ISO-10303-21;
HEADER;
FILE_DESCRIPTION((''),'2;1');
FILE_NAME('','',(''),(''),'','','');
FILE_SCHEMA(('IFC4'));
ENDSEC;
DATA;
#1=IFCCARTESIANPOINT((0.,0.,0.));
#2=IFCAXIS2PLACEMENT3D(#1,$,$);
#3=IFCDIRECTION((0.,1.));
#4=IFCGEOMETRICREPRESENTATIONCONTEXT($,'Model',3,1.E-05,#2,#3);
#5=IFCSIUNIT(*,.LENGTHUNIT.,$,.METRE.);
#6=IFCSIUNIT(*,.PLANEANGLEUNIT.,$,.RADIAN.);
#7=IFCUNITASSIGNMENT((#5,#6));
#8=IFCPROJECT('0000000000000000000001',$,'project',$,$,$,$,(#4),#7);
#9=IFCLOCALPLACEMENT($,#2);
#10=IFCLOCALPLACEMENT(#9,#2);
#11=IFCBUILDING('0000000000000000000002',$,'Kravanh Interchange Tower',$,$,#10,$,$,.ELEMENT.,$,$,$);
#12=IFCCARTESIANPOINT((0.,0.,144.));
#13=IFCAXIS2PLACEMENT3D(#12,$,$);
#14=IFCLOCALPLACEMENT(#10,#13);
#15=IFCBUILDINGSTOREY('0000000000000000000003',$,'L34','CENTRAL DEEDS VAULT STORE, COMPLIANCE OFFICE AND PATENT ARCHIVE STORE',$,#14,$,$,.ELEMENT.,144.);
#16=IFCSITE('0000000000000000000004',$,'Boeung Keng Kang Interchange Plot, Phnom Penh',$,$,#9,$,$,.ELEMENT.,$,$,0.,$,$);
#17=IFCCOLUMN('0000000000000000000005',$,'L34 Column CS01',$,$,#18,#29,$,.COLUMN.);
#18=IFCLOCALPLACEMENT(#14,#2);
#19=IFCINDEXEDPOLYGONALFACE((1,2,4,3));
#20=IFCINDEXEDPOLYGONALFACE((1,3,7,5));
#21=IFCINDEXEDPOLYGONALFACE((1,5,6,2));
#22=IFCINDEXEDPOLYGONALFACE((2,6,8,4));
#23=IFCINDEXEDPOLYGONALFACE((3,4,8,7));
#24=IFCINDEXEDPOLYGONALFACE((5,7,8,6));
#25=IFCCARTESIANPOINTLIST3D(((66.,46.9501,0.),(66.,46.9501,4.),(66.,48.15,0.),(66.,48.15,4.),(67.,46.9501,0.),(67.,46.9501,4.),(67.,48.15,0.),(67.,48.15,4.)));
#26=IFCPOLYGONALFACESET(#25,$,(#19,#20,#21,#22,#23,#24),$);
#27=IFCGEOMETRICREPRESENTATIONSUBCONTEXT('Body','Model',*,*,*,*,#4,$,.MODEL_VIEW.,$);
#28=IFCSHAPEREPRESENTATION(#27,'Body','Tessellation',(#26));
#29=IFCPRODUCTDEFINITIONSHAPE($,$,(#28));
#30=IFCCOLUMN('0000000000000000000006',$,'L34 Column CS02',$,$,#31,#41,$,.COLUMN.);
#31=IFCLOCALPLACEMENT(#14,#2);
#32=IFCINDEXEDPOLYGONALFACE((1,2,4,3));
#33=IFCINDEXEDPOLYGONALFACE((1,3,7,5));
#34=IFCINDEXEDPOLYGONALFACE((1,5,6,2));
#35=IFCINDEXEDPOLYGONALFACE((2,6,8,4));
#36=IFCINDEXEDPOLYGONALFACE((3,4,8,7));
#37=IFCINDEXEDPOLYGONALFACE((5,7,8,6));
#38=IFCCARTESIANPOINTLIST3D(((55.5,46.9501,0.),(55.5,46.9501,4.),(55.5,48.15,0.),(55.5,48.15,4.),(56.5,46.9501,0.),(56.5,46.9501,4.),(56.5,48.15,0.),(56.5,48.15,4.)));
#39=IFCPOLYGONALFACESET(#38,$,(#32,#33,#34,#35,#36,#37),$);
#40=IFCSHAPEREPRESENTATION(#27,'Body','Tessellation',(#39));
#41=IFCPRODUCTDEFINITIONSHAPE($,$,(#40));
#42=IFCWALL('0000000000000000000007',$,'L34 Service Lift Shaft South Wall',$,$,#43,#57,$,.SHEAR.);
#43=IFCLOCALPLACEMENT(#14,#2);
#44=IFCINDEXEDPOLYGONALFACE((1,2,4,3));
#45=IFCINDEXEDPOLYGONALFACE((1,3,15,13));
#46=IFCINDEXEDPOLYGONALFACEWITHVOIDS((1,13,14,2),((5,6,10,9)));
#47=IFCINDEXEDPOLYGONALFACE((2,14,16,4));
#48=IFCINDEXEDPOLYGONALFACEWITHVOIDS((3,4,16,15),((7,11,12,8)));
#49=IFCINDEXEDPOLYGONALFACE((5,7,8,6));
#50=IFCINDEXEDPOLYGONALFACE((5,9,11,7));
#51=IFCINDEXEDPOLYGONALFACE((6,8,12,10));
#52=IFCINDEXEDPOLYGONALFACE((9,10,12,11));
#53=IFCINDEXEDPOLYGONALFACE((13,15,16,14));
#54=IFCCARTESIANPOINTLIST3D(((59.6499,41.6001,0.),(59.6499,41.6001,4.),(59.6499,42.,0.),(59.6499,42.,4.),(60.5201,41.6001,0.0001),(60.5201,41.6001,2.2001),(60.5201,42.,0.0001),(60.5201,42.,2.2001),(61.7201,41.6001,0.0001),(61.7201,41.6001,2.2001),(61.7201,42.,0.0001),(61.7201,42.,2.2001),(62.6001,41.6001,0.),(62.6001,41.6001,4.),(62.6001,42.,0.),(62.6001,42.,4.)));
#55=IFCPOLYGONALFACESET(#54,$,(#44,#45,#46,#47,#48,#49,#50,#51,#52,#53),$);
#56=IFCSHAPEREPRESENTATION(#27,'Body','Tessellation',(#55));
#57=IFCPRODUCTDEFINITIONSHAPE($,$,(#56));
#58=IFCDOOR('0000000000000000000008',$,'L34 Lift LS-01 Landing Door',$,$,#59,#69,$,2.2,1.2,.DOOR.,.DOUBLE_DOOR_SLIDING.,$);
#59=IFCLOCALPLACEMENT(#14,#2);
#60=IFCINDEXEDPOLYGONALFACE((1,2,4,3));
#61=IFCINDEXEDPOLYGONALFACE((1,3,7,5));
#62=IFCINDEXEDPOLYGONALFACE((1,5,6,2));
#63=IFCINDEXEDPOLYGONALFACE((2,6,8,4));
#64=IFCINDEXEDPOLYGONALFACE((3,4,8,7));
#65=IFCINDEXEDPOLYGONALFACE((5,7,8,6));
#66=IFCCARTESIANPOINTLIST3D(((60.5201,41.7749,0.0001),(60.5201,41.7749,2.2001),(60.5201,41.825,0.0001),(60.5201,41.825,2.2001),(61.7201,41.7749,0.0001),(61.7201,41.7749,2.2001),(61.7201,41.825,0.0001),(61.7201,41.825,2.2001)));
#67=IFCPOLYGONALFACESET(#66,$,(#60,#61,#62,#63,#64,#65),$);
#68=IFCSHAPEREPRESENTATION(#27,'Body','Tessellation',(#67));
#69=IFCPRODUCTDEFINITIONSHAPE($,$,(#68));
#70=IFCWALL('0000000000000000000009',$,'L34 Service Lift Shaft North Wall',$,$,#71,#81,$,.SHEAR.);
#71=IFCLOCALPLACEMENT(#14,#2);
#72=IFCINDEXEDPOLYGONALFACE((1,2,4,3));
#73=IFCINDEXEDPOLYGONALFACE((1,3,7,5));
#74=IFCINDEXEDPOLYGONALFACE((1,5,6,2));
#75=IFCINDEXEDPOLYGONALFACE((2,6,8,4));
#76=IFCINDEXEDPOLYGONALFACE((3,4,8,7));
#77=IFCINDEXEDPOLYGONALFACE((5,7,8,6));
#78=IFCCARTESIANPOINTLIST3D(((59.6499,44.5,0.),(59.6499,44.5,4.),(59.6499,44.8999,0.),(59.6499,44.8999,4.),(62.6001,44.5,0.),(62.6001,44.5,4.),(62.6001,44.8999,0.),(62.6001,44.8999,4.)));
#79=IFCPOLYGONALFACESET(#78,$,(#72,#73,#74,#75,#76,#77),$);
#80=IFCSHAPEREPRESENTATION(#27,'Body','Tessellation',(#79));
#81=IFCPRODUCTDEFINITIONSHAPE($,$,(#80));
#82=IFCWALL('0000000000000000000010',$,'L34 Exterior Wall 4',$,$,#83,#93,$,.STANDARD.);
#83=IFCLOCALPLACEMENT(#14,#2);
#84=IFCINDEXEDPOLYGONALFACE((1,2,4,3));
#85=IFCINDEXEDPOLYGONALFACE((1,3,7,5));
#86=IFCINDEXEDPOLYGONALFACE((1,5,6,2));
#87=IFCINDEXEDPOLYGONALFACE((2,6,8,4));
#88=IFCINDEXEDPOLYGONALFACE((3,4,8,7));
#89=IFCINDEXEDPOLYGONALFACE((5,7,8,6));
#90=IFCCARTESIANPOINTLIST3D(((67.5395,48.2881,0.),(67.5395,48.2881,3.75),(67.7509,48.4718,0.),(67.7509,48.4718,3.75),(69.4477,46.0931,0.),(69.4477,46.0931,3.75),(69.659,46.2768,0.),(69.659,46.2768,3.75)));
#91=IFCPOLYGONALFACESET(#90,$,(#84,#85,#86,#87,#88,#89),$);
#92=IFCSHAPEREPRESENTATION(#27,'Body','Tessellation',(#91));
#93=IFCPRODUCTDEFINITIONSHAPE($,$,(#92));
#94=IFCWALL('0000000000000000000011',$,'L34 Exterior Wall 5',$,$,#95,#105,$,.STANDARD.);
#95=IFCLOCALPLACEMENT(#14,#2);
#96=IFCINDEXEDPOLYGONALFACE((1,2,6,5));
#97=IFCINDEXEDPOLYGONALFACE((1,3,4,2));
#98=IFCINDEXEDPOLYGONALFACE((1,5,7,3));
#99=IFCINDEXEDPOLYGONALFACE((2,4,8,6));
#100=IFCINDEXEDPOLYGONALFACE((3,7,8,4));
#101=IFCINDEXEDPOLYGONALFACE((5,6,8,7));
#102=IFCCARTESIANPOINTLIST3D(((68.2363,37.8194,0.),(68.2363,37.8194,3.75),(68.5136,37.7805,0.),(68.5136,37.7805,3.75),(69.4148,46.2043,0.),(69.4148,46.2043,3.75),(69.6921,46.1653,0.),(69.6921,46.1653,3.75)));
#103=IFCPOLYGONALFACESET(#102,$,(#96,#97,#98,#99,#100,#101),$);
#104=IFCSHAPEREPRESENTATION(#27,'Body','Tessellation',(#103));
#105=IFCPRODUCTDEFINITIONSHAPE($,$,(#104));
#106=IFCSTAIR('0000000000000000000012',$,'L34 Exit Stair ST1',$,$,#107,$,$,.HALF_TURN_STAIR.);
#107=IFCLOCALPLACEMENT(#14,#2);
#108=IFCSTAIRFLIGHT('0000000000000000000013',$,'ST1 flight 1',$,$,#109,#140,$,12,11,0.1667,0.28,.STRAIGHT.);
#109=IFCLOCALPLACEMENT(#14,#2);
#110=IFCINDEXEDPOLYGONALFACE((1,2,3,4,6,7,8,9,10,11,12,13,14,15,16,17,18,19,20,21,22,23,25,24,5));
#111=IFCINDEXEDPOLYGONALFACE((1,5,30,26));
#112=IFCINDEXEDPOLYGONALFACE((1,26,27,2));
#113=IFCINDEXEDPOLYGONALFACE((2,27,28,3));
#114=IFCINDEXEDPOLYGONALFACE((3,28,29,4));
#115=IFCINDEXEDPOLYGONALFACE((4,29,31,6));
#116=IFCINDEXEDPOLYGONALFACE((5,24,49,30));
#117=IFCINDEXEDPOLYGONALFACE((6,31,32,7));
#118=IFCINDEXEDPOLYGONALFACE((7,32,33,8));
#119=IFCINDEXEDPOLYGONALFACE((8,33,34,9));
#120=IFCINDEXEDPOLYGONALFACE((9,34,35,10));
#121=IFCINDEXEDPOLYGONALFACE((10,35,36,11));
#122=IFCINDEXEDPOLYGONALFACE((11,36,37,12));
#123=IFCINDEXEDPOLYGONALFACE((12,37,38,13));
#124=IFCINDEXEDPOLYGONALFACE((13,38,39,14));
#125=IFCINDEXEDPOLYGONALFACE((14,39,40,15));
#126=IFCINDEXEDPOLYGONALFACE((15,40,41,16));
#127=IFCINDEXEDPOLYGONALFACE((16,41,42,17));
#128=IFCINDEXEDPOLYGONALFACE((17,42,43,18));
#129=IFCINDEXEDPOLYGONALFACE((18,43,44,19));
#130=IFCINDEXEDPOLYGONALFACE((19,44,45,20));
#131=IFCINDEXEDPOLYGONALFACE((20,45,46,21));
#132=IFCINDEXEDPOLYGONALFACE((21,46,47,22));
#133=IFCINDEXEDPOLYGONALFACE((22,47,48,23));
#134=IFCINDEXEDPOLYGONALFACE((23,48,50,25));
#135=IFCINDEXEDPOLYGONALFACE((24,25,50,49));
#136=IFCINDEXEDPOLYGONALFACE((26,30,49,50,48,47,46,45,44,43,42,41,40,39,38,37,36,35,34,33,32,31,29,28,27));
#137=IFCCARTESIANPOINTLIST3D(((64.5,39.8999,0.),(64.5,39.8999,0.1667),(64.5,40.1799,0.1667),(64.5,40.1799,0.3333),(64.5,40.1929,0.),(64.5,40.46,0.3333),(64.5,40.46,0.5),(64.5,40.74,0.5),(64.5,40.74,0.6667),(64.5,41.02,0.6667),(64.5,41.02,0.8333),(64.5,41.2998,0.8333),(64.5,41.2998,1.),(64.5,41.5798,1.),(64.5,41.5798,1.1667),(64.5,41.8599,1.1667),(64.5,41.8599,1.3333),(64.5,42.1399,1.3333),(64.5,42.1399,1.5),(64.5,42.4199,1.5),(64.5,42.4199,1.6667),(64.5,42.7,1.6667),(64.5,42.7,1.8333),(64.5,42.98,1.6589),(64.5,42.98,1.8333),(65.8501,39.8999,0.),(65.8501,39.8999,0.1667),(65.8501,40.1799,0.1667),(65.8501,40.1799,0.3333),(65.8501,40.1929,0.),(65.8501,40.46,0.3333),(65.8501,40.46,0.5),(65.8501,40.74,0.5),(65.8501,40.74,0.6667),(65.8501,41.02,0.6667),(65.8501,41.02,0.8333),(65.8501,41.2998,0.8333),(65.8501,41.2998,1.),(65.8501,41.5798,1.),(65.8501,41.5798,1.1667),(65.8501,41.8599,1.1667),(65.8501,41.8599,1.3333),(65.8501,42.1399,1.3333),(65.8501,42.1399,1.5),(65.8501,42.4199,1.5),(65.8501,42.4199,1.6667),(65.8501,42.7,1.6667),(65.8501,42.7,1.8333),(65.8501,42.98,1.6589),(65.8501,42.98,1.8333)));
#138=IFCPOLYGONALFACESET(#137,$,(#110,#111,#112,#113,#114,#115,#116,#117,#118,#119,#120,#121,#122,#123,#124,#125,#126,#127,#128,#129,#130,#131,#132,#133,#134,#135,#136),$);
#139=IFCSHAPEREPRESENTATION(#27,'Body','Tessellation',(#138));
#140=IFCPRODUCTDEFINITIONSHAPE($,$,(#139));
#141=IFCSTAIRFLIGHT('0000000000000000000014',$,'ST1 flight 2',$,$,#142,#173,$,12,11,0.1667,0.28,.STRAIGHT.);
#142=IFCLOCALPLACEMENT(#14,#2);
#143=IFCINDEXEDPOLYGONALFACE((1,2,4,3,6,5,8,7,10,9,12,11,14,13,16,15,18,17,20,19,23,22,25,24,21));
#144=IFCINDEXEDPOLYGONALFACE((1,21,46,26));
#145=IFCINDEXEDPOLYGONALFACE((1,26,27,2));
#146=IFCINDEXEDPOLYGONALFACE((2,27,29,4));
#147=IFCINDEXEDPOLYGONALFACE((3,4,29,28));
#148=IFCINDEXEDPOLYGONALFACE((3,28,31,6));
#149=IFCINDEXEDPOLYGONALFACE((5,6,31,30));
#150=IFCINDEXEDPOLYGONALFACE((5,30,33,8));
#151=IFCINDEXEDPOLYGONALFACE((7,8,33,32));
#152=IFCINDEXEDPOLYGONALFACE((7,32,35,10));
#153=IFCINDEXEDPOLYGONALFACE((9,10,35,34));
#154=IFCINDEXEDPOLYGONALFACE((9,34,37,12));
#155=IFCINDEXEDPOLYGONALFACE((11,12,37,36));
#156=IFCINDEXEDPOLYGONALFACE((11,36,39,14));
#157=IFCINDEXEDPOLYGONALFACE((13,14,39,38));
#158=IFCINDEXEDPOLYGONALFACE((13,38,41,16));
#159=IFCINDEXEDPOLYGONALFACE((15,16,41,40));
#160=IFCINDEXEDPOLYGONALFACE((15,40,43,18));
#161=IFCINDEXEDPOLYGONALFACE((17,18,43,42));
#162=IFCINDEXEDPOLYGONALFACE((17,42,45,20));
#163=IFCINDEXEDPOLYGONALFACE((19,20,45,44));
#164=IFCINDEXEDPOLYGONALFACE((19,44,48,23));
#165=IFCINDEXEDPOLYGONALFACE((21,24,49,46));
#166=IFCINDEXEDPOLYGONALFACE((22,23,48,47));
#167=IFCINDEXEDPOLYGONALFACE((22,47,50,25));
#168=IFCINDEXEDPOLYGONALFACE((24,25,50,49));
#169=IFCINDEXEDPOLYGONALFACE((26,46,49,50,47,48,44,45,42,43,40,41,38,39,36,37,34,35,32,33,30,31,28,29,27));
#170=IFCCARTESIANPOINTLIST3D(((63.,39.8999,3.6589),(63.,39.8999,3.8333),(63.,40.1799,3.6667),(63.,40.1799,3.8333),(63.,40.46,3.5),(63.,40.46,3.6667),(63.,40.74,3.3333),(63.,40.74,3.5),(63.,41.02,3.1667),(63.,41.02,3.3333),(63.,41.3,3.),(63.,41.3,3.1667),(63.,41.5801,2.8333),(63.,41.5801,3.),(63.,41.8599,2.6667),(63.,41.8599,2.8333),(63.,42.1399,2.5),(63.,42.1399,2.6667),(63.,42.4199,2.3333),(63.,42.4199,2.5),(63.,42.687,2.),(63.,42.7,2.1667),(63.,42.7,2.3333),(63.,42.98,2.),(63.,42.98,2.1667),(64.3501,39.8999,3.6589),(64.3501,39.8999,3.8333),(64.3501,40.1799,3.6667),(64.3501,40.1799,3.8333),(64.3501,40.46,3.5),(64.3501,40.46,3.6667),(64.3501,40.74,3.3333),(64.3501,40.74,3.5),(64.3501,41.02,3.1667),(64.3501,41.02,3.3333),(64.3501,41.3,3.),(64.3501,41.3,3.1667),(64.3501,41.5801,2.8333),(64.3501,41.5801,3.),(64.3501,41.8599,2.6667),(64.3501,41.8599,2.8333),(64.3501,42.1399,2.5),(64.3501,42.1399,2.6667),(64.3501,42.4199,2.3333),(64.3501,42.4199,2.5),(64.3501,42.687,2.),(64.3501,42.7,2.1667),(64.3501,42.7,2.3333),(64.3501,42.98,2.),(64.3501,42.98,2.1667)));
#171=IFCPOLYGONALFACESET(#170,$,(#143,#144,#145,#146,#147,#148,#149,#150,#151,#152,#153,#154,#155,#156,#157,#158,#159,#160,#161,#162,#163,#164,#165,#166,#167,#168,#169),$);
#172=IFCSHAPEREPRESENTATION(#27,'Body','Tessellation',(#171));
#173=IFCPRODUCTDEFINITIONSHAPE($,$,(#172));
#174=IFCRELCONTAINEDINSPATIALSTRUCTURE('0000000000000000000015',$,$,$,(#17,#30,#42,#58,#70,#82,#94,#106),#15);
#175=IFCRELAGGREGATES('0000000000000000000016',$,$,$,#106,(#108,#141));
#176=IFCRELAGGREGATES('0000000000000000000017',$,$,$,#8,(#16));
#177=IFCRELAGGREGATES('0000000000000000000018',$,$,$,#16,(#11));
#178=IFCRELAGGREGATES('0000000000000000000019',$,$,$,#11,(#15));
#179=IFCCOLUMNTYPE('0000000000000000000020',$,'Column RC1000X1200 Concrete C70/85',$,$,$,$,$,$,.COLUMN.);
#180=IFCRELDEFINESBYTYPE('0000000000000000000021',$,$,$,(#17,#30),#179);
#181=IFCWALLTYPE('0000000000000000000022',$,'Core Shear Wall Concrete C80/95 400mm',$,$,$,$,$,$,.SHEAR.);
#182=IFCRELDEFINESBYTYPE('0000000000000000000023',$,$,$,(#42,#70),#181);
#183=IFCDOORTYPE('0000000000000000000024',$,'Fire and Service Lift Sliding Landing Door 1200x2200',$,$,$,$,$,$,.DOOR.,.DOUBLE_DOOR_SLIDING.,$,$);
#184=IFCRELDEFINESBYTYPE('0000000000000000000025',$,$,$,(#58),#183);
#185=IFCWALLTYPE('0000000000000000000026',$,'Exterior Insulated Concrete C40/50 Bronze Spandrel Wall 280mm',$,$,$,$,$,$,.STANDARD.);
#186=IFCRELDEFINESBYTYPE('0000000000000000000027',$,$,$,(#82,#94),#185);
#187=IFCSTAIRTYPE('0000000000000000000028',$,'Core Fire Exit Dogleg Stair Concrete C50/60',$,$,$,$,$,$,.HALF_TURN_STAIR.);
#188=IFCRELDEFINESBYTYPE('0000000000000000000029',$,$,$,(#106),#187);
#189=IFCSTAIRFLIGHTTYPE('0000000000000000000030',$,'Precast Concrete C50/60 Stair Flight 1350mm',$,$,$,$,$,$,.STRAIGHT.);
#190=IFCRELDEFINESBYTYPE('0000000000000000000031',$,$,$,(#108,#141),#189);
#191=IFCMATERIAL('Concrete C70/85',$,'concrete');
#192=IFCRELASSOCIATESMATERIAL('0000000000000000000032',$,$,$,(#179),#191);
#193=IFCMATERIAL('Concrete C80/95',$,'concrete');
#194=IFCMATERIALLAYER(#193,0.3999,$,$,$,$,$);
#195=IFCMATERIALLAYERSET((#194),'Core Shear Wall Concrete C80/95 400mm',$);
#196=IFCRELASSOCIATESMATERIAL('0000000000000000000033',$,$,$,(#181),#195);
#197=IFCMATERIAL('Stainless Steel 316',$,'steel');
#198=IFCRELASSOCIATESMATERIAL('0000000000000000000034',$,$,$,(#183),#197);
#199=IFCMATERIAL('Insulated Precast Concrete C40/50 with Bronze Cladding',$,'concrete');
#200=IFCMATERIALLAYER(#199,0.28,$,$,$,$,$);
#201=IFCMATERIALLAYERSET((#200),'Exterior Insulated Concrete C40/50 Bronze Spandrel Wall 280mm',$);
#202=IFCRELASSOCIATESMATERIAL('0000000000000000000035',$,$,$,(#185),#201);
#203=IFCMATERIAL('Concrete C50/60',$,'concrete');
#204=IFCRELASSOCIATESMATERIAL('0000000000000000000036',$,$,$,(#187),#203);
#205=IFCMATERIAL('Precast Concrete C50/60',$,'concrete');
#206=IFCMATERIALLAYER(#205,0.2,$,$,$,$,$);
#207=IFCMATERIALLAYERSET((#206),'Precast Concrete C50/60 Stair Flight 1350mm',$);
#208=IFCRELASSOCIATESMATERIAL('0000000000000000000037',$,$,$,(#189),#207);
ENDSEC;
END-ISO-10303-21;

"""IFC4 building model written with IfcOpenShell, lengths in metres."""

from ifc_helpers import new_model, si_unit, direction, frame, frame_2d, origin, origin_2d, place, context, subcontext, project, spatial, polyline, rectangle, outline, extrude, material, layer, layer_set, material_profile, profile_set, type_object, element, fill, aggregate, save


model = new_model("IFC4")

# Units and contexts
model_context = context("Model", 3, precision=1e-05, world=origin(), true_north=direction((0.0, 1.0)))
body_context = subcontext(model_context, "Body", "Model", "MODEL_VIEW")
ifc_project = project(units=[si_unit("LENGTHUNIT", "METRE"), si_unit("PLANEANGLEUNIT", "RADIAN")], contexts=[model_context])

# Site, building, storey
site_placement = place(None, origin())
site = spatial("IfcSite", under=ifc_project, at=site_placement, Name="Boeung Keng Kang Interchange Plot, Phnom Penh", CompositionType="ELEMENT", RefElevation=0.0)
building_placement = place(site_placement, origin())
building = spatial("IfcBuilding", under=site, at=building_placement, Name="Kravanh Interchange Tower", CompositionType="ELEMENT")
storey_placement = place(building_placement, frame((0.0, 0.0, 144.0)))
storey = spatial("IfcBuildingStorey", under=building, at=storey_placement, Name="L34", Description="CENTRAL DEEDS VAULT STORE, COMPLIANCE OFFICE AND PATENT ARCHIVE STORE", CompositionType="ELEMENT", Elevation=144.0)

# Columns
ifc_material_1 = material(Name="Concrete C70/85", Category="concrete")
ifc_material_profile = material_profile(ifc_material_1, rectangle(XDim=1.0, YDim=1.2, at=origin_2d()), Name="RC1000X1200")
ifc_profile_set = profile_set([ifc_material_profile], Name="Concrete C70/85")
column_type = type_object("IfcColumnType", Name="Column RC1000X1200 Concrete C70/85", PredefinedType="COLUMN", material=ifc_profile_set)
for number, where, z_axis, x_axis, name in (
    (1, (66.5, 47.55, 0.0), (0.0, 0.0, 1.0), (1.0, 0.0, 0.0), "L34 Column CS01"),
    (2, (56.0, 47.55, 0.0), (0.0, 0.0, 1.0), (1.0, 0.0, 0.0), "L34 Column CS02"),
):
    element("IfcColumn", number, at=place(storey_placement, frame(where, z_axis=z_axis, x_axis=x_axis)), inside=storey, type_object=column_type, Name=name, PredefinedType="COLUMN", context=body_context, shape_type="SweptSolid", body=[
        extrude(rectangle(XDim=1.0, YDim=1.2, at=origin_2d()), origin(), (0.0, 0.0, 1.0), 4.0),
    ])

# Wall, opening, door
ifc_material_2 = material(Name="Concrete C80/95", Category="concrete")
ifc_layer_1 = layer(ifc_material_2, 0.3999)
ifc_layer_set_1 = layer_set([ifc_layer_1], Name="Core Shear Wall Concrete C80/95 400mm")
wall_type_1 = type_object("IfcWallType", Name="Core Shear Wall Concrete C80/95 400mm", PredefinedType="SHEAR", material=ifc_layer_set_1)
wall_1_placement = place(storey_placement, frame((59.6499, 41.8, 0.0), z_axis=(0.0, 0.0, 1.0), x_axis=(1.0, 0.0, 0.0)))
wall_1 = element("IfcWall", 3, at=wall_1_placement, inside=storey, type_object=wall_type_1, Name="L34 Service Lift Shaft South Wall", PredefinedType="SHEAR", context=body_context, shape_type="SweptSolid", body=[
    extrude(rectangle(XDim=2.9502, YDim=0.3999, at=frame_2d((1.4751, 0.0))), origin(), (0.0, 0.0, 1.0), 4.0),
])
opening_placement = place(wall_1_placement, frame((0.8701, 0.0, 0.0)))
opening = element("IfcOpeningElement", 4, at=opening_placement, cuts=wall_1, PredefinedType="OPENING", context=body_context, shape_type="SweptSolid", body=[
    extrude(rectangle(XDim=1.2, YDim=2.2, at=frame_2d((0.6001, 1.1001))), frame((0.0, 0.21, 0.0), z_axis=(0.0, -1.0, 0.0), x_axis=(1.0, 0.0, 0.0)), (0.0, 0.0, 1.0), 0.4199),
])
ifc_material_3 = material(Name="Stainless Steel 316", Category="steel")
door_type = type_object("IfcDoorType", Name="Fire and Service Lift Sliding Landing Door 1200x2200", OperationType="DOUBLE_DOOR_SLIDING", PredefinedType="DOOR", material=ifc_material_3)
door_placement = place(opening_placement, origin())
door = element("IfcDoor", 5, at=door_placement, inside=storey, type_object=door_type, Name="L34 Lift LS-01 Landing Door", OperationType="DOUBLE_DOOR_SLIDING", OverallHeight=2.2, OverallWidth=1.2, PredefinedType="DOOR", context=body_context, shape_type="SweptSolid", body=[
    extrude(rectangle(XDim=1.2, YDim=2.2, at=frame_2d((0.6001, 1.1001))), frame((0.0, 0.0249, 0.0), z_axis=(0.0, -1.0, 0.0), x_axis=(1.0, 0.0, 0.0)), (0.0, 0.0, 1.0), 0.05),
])
fill(opening, door)

# Walls
wall_2_placement = place(storey_placement, frame((59.6499, 44.7, 0.0), z_axis=(0.0, 0.0, 1.0), x_axis=(1.0, 0.0, 0.0)))
element("IfcWall", 6, at=wall_2_placement, inside=storey, type_object=wall_type_1, Name="L34 Service Lift Shaft North Wall", PredefinedType="SHEAR", context=body_context, shape_type="SweptSolid", body=[
    extrude(rectangle(XDim=2.9502, YDim=0.3999, at=frame_2d((1.4751, 0.0))), origin(), (0.0, 0.0, 1.0), 4.0),
])
ifc_material_4 = material(Name="Insulated Precast Concrete C40/50 with Bronze Cladding", Category="concrete")
ifc_layer_2 = layer(ifc_material_4, 0.28)
ifc_layer_set_2 = layer_set([ifc_layer_2], Name="Exterior Insulated Concrete C40/50 Bronze Spandrel Wall 280mm")
wall_type_2 = type_object("IfcWallType", Name="Exterior Insulated Concrete C40/50 Bronze Spandrel Wall 280mm", PredefinedType="STANDARD", material=ifc_layer_set_2)
wall_3_placement = place(storey_placement, frame((67.6453, 48.3799, 0.0), z_axis=(0.0, 0.0, 1.0), x_axis=(0.656071, -0.754699, 0.0)))
element("IfcWall", 7, at=wall_3_placement, inside=storey, type_object=wall_type_2, Name="L34 Exterior Wall 4", PredefinedType="STANDARD", context=body_context, shape_type="SweptSolid", body=[
    extrude(rectangle(XDim=2.9084, YDim=0.28, at=frame_2d((1.4541, 0.0))), origin(), (0.0, 0.0, 1.0), 3.75),
])
wall_4_placement = place(storey_placement, frame((69.5535, 46.1848, 0.0), z_axis=(0.0, 0.0, 1.0), x_axis=(-0.139181, -0.990267, 0.0)))
element("IfcWall", 8, at=wall_4_placement, inside=storey, type_object=wall_type_2, Name="L34 Exterior Wall 5", PredefinedType="STANDARD", context=body_context, shape_type="SweptSolid", body=[
    extrude(rectangle(XDim=8.4673, YDim=0.28, at=frame_2d((4.2336, 0.0))), origin(), (0.0, 0.0, 1.0), 3.75),
])

# Stair, stair flights
ifc_material_5 = material(Name="Concrete C50/60", Category="concrete")
stair_type = type_object("IfcStairType", Name="Core Fire Exit Dogleg Stair Concrete C50/60", PredefinedType="HALF_TURN_STAIR", material=ifc_material_5)
stair_1_placement = place(storey_placement, origin())
stair_1 = element("IfcStair", 9, at=stair_1_placement, inside=storey, type_object=stair_type, Name="L34 Exit Stair ST1", PredefinedType="HALF_TURN_STAIR")
ifc_material_6 = material(Name="Precast Concrete C50/60", Category="concrete")
ifc_layer_3 = layer(ifc_material_6, 0.2)
ifc_layer_set_3 = layer_set([ifc_layer_3], Name="Precast Concrete C50/60 Stair Flight 1350mm")
stair_flight_type = type_object("IfcStairFlightType", Name="Precast Concrete C50/60 Stair Flight 1350mm", PredefinedType="STRAIGHT", material=ifc_layer_set_3)
stair_flight_1_placement = place(storey_placement, frame((65.175, 39.8999, 0.0), z_axis=(0.0, 0.0, 1.0), x_axis=(0.0, 1.0, 0.0)))
stair_flight_1 = element("IfcStairFlight", 10, at=stair_flight_1_placement, type_object=stair_flight_type, Name="ST1 flight 1", NumberOfRisers=12, NumberOfTreads=11, PredefinedType="STRAIGHT", RiserHeight=0.1667, TreadLength=0.28, context=body_context, shape_type="SweptSolid", body=[
    extrude(outline(polyline([(0.0, 0.0), (0.0, 0.1667), (0.28, 0.1667), (0.28, 0.3333), (0.5601, 0.3333), (0.5601, 0.5), (0.8401, 0.5), (0.8401, 0.6667), (1.1201, 0.6667), (1.1201, 0.8333), (1.3999, 0.8333), (1.3999, 1.0), (1.6799, 1.0), (1.6799, 1.1667), (1.96, 1.1667), (1.96, 1.3333), (2.24, 1.3333), (2.24, 1.5), (2.52, 1.5), (2.52, 1.6667), (2.8, 1.6667), (2.8, 1.8333), (3.0801, 1.8333), (3.0801, 2.0), (3.0801, 1.6589), (0.293, 0.0), (0.0, 0.0)])), frame((0.0, 0.675, 0.0), z_axis=(0.0, -1.0, 0.0), x_axis=(1.0, 0.0, 0.0)), (0.0, 0.0, 1.0), 1.3501),
])
stair_flight_2_placement = place(storey_placement, frame((63.675, 42.98, 2.0), z_axis=(0.0, 0.0, 1.0), x_axis=(0.0, -1.0, 0.0)))
stair_flight_2 = element("IfcStairFlight", 11, at=stair_flight_2_placement, type_object=stair_flight_type, Name="ST1 flight 2", NumberOfRisers=12, NumberOfTreads=11, PredefinedType="STRAIGHT", RiserHeight=0.1667, TreadLength=0.28, context=body_context, shape_type="SweptSolid", body=[
    extrude(outline(polyline([(0.0, 0.0), (0.0, 0.1667), (0.28, 0.1667), (0.28, 0.3333), (0.5601, 0.3333), (0.5601, 0.5), (0.8401, 0.5), (0.8401, 0.6667), (1.1201, 0.6667), (1.1201, 0.8333), (1.3999, 0.8333), (1.3999, 1.0), (1.6799, 1.0), (1.6799, 1.1667), (1.96, 1.1667), (1.96, 1.3333), (2.24, 1.3333), (2.24, 1.5), (2.52, 1.5), (2.52, 1.6667), (2.8, 1.6667), (2.8, 1.8333), (3.0801, 1.8333), (3.0801, 2.0), (3.0801, 1.6589), (0.293, 0.0), (0.0, 0.0)])), frame((0.0, 0.675, 0.0), z_axis=(0.0, -1.0, 0.0), x_axis=(1.0, 0.0, 0.0)), (0.0, 0.0, 1.0), 1.3501),
])
aggregate(stair_1, [stair_flight_1, stair_flight_2])

save(model, "model.ifc")
